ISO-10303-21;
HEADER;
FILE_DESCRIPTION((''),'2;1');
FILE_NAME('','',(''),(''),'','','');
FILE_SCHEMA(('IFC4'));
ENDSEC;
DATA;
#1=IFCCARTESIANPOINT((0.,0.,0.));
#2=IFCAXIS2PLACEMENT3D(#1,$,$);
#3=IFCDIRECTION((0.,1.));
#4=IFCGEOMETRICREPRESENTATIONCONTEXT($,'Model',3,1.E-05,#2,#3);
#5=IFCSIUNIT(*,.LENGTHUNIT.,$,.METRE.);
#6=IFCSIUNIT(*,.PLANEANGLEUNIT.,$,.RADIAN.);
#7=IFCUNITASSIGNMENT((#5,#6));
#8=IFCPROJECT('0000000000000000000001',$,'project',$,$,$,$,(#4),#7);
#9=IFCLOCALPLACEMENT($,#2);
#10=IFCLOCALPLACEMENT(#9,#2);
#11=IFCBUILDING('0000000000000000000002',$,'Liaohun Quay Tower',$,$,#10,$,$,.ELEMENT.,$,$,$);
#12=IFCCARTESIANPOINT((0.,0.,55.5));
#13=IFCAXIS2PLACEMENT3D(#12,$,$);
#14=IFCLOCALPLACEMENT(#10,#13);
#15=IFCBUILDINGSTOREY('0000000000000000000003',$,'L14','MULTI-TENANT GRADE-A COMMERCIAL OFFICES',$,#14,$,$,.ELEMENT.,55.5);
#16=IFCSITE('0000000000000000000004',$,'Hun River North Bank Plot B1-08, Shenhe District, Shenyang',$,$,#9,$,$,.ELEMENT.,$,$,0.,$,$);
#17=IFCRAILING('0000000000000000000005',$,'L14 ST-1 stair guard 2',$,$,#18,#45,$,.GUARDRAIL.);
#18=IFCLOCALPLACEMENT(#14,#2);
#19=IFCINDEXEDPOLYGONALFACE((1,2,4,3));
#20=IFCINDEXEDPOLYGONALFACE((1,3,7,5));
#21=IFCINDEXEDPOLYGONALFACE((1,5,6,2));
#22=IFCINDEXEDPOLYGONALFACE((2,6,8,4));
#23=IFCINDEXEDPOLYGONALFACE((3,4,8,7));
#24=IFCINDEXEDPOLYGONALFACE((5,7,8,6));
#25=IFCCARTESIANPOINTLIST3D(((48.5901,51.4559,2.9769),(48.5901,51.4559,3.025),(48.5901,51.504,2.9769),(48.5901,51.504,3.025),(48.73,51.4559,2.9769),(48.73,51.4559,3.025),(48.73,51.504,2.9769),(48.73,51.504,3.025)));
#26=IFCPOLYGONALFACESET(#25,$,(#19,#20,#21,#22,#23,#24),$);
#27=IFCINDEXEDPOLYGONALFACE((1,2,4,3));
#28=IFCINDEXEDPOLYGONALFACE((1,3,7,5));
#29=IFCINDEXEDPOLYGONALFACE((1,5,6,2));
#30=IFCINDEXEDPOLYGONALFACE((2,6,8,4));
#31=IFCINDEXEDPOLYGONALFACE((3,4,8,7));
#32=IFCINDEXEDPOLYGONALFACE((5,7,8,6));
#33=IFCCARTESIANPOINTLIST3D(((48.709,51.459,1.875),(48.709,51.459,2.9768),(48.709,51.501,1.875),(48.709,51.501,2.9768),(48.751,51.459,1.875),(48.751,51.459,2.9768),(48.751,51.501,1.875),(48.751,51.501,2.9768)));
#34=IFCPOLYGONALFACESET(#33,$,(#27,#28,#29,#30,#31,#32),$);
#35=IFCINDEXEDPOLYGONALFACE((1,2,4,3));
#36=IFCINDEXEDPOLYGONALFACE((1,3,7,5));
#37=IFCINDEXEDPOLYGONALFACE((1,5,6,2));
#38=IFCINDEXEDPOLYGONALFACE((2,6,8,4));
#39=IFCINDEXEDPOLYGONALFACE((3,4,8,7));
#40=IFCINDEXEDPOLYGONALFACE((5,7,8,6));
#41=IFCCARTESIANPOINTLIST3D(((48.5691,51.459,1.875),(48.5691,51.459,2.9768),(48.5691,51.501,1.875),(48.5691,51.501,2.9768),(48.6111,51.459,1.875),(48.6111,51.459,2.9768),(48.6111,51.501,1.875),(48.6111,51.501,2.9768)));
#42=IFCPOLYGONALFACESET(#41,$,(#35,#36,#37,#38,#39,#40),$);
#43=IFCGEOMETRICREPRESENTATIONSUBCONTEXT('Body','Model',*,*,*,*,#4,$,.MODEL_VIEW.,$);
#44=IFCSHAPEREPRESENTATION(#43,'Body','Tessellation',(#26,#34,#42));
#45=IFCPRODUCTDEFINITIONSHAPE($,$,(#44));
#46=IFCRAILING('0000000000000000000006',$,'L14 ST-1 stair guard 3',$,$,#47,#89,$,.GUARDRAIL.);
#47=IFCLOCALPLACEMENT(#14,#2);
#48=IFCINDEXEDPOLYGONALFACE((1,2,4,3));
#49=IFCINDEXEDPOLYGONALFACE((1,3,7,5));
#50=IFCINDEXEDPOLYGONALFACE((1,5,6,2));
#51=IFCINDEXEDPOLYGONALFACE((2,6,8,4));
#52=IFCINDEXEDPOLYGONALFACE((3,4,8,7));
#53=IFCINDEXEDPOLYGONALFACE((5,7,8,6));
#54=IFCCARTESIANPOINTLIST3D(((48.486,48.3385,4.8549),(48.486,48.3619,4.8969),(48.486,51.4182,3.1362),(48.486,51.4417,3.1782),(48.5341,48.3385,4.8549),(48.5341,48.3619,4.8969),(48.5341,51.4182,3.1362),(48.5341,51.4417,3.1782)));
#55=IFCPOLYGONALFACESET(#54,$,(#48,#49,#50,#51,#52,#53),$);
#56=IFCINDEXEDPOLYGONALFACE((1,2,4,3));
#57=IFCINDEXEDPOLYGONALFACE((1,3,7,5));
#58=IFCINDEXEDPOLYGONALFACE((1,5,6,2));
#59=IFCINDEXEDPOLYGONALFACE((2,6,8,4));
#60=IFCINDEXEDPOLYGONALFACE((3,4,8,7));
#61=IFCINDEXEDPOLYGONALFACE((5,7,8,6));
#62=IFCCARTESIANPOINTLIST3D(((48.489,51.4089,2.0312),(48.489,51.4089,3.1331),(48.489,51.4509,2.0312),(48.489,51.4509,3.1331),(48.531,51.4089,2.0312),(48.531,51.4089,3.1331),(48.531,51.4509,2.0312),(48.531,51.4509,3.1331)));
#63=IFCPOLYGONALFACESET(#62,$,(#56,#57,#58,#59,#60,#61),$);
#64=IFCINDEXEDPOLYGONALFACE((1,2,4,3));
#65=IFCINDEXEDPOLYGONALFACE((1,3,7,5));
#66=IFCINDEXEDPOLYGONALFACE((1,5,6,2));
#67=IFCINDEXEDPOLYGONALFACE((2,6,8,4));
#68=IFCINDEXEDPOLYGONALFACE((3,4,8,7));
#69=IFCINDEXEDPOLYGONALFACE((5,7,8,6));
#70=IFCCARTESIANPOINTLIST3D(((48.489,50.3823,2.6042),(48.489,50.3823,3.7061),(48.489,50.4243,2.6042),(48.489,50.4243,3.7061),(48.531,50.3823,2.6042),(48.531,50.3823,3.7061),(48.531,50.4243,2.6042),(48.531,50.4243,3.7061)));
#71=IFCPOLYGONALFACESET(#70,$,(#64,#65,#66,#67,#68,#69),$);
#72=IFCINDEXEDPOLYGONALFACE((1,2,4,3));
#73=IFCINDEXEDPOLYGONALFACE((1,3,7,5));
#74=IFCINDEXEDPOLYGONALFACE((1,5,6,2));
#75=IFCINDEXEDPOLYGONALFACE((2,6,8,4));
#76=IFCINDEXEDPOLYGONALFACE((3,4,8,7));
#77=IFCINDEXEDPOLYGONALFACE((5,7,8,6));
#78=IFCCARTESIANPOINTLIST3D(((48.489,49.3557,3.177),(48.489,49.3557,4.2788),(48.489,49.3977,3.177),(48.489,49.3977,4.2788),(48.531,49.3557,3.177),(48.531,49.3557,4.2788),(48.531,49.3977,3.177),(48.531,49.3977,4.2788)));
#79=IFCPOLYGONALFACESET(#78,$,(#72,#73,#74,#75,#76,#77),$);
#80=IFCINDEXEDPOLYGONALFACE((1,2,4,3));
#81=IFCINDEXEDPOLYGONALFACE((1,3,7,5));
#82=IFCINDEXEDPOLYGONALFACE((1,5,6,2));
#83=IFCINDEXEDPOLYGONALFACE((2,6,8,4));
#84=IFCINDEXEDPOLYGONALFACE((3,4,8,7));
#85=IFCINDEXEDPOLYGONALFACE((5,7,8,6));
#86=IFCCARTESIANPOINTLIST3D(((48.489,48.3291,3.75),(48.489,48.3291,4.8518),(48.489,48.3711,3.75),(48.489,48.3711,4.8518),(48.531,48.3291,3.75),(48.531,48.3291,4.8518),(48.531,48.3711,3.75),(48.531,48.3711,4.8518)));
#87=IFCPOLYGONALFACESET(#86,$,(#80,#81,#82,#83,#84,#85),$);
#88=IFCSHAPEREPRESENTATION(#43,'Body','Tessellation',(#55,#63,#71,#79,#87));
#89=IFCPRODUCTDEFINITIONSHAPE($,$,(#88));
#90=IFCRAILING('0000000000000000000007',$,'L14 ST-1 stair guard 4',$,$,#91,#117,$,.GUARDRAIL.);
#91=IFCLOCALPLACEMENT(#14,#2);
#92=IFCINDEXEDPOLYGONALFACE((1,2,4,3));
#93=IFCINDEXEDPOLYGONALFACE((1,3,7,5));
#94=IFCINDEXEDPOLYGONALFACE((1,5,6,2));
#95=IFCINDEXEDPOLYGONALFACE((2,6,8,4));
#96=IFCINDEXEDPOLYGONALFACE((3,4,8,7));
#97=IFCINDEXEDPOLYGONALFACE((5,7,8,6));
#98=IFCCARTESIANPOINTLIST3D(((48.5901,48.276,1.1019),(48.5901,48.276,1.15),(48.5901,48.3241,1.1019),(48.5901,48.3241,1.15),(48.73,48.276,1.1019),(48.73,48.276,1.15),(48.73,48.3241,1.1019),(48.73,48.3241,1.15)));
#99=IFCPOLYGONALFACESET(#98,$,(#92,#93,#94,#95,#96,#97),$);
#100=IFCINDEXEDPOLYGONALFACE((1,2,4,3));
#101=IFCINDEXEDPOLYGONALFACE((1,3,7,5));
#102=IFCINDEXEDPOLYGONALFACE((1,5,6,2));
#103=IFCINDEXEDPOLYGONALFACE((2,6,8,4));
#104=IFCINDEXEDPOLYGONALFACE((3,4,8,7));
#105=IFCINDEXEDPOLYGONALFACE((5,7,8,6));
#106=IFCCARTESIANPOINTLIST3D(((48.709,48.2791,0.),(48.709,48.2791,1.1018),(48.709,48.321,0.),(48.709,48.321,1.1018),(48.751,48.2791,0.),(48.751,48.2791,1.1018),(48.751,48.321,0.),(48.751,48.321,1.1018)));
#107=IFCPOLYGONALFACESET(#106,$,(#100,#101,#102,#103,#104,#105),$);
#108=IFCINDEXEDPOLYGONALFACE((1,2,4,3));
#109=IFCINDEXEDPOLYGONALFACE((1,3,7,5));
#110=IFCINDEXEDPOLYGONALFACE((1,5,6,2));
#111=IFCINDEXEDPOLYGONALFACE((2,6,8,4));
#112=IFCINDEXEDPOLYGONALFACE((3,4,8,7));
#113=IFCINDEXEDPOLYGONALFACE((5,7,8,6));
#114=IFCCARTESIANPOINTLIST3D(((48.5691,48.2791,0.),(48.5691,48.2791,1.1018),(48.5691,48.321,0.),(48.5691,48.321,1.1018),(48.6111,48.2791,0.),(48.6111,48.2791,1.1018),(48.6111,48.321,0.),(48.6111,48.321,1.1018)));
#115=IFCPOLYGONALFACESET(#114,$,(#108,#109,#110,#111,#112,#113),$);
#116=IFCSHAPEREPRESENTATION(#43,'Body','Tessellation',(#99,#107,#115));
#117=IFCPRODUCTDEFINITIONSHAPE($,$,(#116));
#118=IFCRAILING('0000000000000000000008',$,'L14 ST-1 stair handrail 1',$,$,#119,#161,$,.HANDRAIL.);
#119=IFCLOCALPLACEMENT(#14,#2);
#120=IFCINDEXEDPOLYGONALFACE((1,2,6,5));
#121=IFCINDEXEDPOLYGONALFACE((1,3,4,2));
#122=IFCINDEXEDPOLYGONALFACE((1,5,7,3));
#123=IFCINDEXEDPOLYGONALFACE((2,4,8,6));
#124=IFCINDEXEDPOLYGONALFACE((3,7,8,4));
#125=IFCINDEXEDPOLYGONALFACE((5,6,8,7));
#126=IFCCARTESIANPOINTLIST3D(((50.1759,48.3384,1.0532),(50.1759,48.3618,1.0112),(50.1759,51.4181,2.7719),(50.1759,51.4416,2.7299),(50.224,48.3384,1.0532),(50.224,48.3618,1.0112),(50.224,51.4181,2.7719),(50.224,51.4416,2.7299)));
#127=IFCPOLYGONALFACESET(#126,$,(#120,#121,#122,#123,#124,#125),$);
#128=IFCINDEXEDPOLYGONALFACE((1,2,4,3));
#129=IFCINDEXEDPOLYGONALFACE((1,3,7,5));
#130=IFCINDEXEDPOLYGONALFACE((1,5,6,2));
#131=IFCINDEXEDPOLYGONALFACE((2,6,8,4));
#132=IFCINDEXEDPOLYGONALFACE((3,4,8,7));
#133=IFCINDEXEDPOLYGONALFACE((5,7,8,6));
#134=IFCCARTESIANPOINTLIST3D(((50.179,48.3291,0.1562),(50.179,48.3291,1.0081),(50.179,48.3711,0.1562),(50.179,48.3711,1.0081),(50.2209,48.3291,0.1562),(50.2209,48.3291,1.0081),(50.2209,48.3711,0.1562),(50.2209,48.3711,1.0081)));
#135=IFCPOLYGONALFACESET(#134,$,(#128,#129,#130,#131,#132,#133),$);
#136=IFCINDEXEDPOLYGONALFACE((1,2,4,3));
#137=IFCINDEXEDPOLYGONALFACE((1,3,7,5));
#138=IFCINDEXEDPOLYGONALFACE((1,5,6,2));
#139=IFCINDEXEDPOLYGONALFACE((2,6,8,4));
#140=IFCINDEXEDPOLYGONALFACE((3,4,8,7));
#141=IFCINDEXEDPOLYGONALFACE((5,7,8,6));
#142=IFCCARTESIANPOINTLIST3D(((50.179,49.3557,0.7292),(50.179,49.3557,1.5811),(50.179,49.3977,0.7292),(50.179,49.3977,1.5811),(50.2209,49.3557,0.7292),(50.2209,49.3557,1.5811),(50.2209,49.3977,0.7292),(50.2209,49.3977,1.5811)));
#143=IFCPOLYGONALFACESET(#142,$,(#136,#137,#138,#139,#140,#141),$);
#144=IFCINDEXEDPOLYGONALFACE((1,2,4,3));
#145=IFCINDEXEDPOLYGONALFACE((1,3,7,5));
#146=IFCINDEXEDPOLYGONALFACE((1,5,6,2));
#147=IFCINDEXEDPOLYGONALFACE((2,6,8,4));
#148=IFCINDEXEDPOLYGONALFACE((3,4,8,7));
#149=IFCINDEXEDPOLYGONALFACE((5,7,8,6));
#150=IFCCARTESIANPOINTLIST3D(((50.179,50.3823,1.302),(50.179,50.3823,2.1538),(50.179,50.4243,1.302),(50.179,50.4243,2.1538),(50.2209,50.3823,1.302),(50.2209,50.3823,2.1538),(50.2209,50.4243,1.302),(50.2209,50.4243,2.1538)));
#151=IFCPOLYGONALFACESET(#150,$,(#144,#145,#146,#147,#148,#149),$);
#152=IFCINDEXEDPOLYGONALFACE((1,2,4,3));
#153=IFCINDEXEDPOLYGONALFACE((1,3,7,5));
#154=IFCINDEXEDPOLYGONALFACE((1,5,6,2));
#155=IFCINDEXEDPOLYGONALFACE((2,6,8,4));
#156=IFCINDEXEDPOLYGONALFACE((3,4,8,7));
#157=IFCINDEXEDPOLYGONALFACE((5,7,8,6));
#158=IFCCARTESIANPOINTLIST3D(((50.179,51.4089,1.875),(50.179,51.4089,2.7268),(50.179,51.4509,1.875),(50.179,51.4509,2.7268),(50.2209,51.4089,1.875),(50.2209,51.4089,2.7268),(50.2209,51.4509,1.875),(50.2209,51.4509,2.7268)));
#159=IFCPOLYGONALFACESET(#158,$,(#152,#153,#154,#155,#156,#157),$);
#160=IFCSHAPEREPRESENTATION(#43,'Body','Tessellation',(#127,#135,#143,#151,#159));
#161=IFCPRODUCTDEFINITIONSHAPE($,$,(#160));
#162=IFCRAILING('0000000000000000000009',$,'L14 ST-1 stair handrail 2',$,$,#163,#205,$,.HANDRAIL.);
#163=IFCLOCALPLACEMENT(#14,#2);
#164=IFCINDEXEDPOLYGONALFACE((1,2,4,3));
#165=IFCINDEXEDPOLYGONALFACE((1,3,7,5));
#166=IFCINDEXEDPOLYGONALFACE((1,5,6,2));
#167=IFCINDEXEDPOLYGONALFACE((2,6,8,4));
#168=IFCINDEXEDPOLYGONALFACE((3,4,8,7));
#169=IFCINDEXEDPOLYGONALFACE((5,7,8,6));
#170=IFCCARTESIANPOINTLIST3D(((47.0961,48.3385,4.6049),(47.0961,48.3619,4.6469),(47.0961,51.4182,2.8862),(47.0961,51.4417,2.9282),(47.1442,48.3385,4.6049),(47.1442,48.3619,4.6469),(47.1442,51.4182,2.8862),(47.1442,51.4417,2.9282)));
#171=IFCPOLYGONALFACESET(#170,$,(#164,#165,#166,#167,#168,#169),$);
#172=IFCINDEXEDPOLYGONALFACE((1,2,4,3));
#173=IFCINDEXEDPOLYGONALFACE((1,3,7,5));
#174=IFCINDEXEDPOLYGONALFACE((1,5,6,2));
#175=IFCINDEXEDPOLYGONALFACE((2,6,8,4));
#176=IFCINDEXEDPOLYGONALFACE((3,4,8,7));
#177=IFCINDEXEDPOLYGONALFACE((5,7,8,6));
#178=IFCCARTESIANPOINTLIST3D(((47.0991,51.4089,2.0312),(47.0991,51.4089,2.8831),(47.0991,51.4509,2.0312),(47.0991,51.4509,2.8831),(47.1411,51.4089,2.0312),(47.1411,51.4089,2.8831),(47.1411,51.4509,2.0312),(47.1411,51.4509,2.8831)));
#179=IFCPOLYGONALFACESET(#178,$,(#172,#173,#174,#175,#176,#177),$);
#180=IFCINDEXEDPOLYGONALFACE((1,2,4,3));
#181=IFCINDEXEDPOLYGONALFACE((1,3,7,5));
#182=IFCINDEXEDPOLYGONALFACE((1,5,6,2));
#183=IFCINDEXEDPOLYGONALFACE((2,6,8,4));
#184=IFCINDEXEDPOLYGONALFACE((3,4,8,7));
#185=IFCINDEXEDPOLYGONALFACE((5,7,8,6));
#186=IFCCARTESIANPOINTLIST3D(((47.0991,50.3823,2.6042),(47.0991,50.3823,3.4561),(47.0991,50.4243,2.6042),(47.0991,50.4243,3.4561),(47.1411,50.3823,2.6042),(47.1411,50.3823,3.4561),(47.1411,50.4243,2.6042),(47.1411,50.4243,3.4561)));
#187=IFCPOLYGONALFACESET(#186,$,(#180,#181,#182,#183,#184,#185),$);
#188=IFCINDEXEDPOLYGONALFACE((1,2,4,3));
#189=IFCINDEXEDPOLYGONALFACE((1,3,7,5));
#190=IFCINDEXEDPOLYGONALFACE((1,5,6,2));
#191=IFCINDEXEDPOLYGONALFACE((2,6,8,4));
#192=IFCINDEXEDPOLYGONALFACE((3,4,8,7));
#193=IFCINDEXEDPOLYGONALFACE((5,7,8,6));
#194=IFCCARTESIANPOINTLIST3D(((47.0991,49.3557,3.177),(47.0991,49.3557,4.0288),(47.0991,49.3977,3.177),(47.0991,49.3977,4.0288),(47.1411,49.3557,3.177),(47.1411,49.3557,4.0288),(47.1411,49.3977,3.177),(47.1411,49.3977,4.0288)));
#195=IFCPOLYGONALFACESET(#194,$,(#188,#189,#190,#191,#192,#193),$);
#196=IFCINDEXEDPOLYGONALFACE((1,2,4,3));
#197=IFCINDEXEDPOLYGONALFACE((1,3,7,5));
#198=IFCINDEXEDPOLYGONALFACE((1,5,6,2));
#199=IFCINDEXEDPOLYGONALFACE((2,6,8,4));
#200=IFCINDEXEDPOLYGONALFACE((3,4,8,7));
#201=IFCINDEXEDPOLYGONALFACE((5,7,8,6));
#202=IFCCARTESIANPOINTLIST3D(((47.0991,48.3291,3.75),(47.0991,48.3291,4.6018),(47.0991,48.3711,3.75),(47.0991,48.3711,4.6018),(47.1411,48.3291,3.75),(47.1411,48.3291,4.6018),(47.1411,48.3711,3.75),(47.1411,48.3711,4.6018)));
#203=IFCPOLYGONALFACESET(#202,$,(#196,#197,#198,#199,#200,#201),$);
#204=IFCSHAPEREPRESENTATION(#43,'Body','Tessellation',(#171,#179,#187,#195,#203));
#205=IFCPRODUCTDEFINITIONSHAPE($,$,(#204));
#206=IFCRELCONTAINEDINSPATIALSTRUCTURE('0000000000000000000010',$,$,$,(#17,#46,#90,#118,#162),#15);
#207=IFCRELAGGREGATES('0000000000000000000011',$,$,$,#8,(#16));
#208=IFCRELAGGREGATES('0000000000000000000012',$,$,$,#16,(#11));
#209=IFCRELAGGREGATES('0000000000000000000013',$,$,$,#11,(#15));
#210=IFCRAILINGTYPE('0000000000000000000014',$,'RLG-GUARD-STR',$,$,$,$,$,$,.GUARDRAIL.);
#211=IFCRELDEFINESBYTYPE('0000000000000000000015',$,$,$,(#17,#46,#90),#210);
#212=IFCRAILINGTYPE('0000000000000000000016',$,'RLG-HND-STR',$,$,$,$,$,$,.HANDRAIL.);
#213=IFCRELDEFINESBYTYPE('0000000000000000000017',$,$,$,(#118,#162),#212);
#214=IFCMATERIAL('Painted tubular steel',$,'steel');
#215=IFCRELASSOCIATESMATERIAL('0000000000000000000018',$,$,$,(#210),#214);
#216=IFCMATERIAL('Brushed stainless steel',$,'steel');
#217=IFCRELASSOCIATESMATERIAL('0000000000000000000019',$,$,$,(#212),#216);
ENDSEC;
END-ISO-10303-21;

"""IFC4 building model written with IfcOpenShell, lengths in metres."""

from ifc_helpers import new_model, si_unit, direction, frame, origin, origin_2d, place, context, subcontext, project, spatial, rectangle, extrude, material, type_object, element, save


model = new_model("IFC4")

# Units and contexts
model_context = context("Model", 3, precision=1e-05, world=origin(), true_north=direction((0.0, 1.0)))
body_context = subcontext(model_context, "Body", "Model", "MODEL_VIEW")
ifc_project = project(units=[si_unit("LENGTHUNIT", "METRE"), si_unit("PLANEANGLEUNIT", "RADIAN")], contexts=[model_context])

# Site, building, storey
site_placement = place(None, origin())
site = spatial("IfcSite", under=ifc_project, at=site_placement, Name="Hun River North Bank Plot B1-08, Shenhe District, Shenyang", CompositionType="ELEMENT", RefElevation=0.0)
building_placement = place(site_placement, origin())
building = spatial("IfcBuilding", under=site, at=building_placement, Name="Liaohun Quay Tower", CompositionType="ELEMENT")
storey_placement = place(building_placement, frame((0.0, 0.0, 55.5)))
storey = spatial("IfcBuildingStorey", under=building, at=storey_placement, Name="L14", Description="MULTI-TENANT GRADE-A COMMERCIAL OFFICES", CompositionType="ELEMENT", Elevation=55.5)

# Railings
ifc_material_1 = material(Name="Painted tubular steel", Category="steel")
railing_type_1 = type_object("IfcRailingType", Name="RLG-GUARD-STR", PredefinedType="GUARDRAIL", material=ifc_material_1)
railing_1_placement = place(storey_placement, frame((48.73, 51.48, 1.875)))
element("IfcRailing", 1, at=railing_1_placement, inside=storey, type_object=railing_type_1, Name="L14 ST-1 stair guard 2", PredefinedType="GUARDRAIL", context=body_context, shape_type="SweptSolid", body=[
    extrude(rectangle(XDim=0.0481, YDim=0.0481, at=origin_2d()), frame((0.0, 0.0, 1.126), z_axis=(-1.0, 0.0, 0.0), x_axis=(0.0, -1.0, 0.0)), (0.0, 0.0, 1.0), 0.1399),
    extrude(rectangle(XDim=0.042, YDim=0.042, at=origin_2d()), origin(), (0.0, 0.0, 1.0), 1.1018),
    extrude(rectangle(XDim=0.042, YDim=0.042, at=origin_2d()), frame((-0.1399, 0.0, 0.0)), (0.0, 0.0, 1.0), 1.1018),
])
railing_2_placement = place(storey_placement, frame((48.51, 51.4299, 2.0312)))
element("IfcRailing", 2, at=railing_2_placement, inside=storey, type_object=railing_type_1, Name="L14 ST-1 stair guard 3", PredefinedType="GUARDRAIL", context=body_context, shape_type="SweptSolid", body=[
    extrude(rectangle(XDim=0.0481, YDim=0.0481, at=origin_2d()), frame((0.0, 0.0, 1.126), z_axis=(0.0, -0.873225, 0.487317), x_axis=(1.0, 0.0, 0.0)), (0.0, 0.0, 1.0), 3.5269),
    extrude(rectangle(XDim=0.042, YDim=0.042, at=origin_2d()), origin(), (0.0, 0.0, 1.0), 1.1018),
    extrude(rectangle(XDim=0.042, YDim=0.042, at=origin_2d()), frame((0.0, -1.0266, 0.573)), (0.0, 0.0, 1.0), 1.1018),
    extrude(rectangle(XDim=0.042, YDim=0.042, at=origin_2d()), frame((0.0, -2.0532, 1.1458)), (0.0, 0.0, 1.0), 1.1018),
    extrude(rectangle(XDim=0.042, YDim=0.042, at=origin_2d()), frame((0.0, -3.0798, 1.7188)), (0.0, 0.0, 1.0), 1.1018),
])
railing_3_placement = place(storey_placement, frame((48.73, 48.3, 0.0)))
element("IfcRailing", 3, at=railing_3_placement, inside=storey, type_object=railing_type_1, Name="L14 ST-1 stair guard 4", PredefinedType="GUARDRAIL", context=body_context, shape_type="SweptSolid", body=[
    extrude(rectangle(XDim=0.0481, YDim=0.0481, at=origin_2d()), frame((0.0, 0.0, 1.126), z_axis=(-1.0, 0.0, 0.0), x_axis=(0.0, -1.0, 0.0)), (0.0, 0.0, 1.0), 0.1399),
    extrude(rectangle(XDim=0.042, YDim=0.042, at=origin_2d()), origin(), (0.0, 0.0, 1.0), 1.1018),
    extrude(rectangle(XDim=0.042, YDim=0.042, at=origin_2d()), frame((-0.1399, 0.0, 0.0)), (0.0, 0.0, 1.0), 1.1018),
])
ifc_material_2 = material(Name="Brushed stainless steel", Category="steel")
railing_type_2 = type_object("IfcRailingType", Name="RLG-HND-STR", PredefinedType="HANDRAIL", material=ifc_material_2)
railing_4_placement = place(storey_placement, frame((50.2, 48.3501, 0.1562)))
element("IfcRailing", 4, at=railing_4_placement, inside=storey, type_object=railing_type_2, Name="L14 ST-1 stair handrail 1", PredefinedType="HANDRAIL", context=body_context, shape_type="SweptSolid", body=[
    extrude(rectangle(XDim=0.0481, YDim=0.0481, at=origin_2d()), frame((0.0, 0.0, 0.876), z_axis=(0.0, 0.873225, 0.487317), x_axis=(-1.0, 0.0, 0.0)), (0.0, 0.0, 1.0), 3.5269),
    extrude(rectangle(XDim=0.042, YDim=0.042, at=origin_2d()), origin(), (0.0, 0.0, 1.0), 0.8518),
    extrude(rectangle(XDim=0.042, YDim=0.042, at=origin_2d()), frame((0.0, 1.0266, 0.573)), (0.0, 0.0, 1.0), 0.8518),
    extrude(rectangle(XDim=0.042, YDim=0.042, at=origin_2d()), frame((0.0, 2.0532, 1.1458)), (0.0, 0.0, 1.0), 0.8518),
    extrude(rectangle(XDim=0.042, YDim=0.042, at=origin_2d()), frame((0.0, 3.0798, 1.7188)), (0.0, 0.0, 1.0), 0.8518),
])
railing_5_placement = place(storey_placement, frame((47.1201, 51.4299, 2.0312)))
element("IfcRailing", 5, at=railing_5_placement, inside=storey, type_object=railing_type_2, Name="L14 ST-1 stair handrail 2", PredefinedType="HANDRAIL", context=body_context, shape_type="SweptSolid", body=[
    extrude(rectangle(XDim=0.0481, YDim=0.0481, at=origin_2d()), frame((0.0, 0.0, 0.876), z_axis=(0.0, -0.873225, 0.487317), x_axis=(1.0, 0.0, 0.0)), (0.0, 0.0, 1.0), 3.5269),
    extrude(rectangle(XDim=0.042, YDim=0.042, at=origin_2d()), origin(), (0.0, 0.0, 1.0), 0.8518),
    extrude(rectangle(XDim=0.042, YDim=0.042, at=origin_2d()), frame((0.0, -1.0266, 0.573)), (0.0, 0.0, 1.0), 0.8518),
    extrude(rectangle(XDim=0.042, YDim=0.042, at=origin_2d()), frame((0.0, -2.0532, 1.1458)), (0.0, 0.0, 1.0), 0.8518),
    extrude(rectangle(XDim=0.042, YDim=0.042, at=origin_2d()), frame((0.0, -3.0798, 1.7188)), (0.0, 0.0, 1.0), 0.8518),
])

save(model, "model.ifc")
